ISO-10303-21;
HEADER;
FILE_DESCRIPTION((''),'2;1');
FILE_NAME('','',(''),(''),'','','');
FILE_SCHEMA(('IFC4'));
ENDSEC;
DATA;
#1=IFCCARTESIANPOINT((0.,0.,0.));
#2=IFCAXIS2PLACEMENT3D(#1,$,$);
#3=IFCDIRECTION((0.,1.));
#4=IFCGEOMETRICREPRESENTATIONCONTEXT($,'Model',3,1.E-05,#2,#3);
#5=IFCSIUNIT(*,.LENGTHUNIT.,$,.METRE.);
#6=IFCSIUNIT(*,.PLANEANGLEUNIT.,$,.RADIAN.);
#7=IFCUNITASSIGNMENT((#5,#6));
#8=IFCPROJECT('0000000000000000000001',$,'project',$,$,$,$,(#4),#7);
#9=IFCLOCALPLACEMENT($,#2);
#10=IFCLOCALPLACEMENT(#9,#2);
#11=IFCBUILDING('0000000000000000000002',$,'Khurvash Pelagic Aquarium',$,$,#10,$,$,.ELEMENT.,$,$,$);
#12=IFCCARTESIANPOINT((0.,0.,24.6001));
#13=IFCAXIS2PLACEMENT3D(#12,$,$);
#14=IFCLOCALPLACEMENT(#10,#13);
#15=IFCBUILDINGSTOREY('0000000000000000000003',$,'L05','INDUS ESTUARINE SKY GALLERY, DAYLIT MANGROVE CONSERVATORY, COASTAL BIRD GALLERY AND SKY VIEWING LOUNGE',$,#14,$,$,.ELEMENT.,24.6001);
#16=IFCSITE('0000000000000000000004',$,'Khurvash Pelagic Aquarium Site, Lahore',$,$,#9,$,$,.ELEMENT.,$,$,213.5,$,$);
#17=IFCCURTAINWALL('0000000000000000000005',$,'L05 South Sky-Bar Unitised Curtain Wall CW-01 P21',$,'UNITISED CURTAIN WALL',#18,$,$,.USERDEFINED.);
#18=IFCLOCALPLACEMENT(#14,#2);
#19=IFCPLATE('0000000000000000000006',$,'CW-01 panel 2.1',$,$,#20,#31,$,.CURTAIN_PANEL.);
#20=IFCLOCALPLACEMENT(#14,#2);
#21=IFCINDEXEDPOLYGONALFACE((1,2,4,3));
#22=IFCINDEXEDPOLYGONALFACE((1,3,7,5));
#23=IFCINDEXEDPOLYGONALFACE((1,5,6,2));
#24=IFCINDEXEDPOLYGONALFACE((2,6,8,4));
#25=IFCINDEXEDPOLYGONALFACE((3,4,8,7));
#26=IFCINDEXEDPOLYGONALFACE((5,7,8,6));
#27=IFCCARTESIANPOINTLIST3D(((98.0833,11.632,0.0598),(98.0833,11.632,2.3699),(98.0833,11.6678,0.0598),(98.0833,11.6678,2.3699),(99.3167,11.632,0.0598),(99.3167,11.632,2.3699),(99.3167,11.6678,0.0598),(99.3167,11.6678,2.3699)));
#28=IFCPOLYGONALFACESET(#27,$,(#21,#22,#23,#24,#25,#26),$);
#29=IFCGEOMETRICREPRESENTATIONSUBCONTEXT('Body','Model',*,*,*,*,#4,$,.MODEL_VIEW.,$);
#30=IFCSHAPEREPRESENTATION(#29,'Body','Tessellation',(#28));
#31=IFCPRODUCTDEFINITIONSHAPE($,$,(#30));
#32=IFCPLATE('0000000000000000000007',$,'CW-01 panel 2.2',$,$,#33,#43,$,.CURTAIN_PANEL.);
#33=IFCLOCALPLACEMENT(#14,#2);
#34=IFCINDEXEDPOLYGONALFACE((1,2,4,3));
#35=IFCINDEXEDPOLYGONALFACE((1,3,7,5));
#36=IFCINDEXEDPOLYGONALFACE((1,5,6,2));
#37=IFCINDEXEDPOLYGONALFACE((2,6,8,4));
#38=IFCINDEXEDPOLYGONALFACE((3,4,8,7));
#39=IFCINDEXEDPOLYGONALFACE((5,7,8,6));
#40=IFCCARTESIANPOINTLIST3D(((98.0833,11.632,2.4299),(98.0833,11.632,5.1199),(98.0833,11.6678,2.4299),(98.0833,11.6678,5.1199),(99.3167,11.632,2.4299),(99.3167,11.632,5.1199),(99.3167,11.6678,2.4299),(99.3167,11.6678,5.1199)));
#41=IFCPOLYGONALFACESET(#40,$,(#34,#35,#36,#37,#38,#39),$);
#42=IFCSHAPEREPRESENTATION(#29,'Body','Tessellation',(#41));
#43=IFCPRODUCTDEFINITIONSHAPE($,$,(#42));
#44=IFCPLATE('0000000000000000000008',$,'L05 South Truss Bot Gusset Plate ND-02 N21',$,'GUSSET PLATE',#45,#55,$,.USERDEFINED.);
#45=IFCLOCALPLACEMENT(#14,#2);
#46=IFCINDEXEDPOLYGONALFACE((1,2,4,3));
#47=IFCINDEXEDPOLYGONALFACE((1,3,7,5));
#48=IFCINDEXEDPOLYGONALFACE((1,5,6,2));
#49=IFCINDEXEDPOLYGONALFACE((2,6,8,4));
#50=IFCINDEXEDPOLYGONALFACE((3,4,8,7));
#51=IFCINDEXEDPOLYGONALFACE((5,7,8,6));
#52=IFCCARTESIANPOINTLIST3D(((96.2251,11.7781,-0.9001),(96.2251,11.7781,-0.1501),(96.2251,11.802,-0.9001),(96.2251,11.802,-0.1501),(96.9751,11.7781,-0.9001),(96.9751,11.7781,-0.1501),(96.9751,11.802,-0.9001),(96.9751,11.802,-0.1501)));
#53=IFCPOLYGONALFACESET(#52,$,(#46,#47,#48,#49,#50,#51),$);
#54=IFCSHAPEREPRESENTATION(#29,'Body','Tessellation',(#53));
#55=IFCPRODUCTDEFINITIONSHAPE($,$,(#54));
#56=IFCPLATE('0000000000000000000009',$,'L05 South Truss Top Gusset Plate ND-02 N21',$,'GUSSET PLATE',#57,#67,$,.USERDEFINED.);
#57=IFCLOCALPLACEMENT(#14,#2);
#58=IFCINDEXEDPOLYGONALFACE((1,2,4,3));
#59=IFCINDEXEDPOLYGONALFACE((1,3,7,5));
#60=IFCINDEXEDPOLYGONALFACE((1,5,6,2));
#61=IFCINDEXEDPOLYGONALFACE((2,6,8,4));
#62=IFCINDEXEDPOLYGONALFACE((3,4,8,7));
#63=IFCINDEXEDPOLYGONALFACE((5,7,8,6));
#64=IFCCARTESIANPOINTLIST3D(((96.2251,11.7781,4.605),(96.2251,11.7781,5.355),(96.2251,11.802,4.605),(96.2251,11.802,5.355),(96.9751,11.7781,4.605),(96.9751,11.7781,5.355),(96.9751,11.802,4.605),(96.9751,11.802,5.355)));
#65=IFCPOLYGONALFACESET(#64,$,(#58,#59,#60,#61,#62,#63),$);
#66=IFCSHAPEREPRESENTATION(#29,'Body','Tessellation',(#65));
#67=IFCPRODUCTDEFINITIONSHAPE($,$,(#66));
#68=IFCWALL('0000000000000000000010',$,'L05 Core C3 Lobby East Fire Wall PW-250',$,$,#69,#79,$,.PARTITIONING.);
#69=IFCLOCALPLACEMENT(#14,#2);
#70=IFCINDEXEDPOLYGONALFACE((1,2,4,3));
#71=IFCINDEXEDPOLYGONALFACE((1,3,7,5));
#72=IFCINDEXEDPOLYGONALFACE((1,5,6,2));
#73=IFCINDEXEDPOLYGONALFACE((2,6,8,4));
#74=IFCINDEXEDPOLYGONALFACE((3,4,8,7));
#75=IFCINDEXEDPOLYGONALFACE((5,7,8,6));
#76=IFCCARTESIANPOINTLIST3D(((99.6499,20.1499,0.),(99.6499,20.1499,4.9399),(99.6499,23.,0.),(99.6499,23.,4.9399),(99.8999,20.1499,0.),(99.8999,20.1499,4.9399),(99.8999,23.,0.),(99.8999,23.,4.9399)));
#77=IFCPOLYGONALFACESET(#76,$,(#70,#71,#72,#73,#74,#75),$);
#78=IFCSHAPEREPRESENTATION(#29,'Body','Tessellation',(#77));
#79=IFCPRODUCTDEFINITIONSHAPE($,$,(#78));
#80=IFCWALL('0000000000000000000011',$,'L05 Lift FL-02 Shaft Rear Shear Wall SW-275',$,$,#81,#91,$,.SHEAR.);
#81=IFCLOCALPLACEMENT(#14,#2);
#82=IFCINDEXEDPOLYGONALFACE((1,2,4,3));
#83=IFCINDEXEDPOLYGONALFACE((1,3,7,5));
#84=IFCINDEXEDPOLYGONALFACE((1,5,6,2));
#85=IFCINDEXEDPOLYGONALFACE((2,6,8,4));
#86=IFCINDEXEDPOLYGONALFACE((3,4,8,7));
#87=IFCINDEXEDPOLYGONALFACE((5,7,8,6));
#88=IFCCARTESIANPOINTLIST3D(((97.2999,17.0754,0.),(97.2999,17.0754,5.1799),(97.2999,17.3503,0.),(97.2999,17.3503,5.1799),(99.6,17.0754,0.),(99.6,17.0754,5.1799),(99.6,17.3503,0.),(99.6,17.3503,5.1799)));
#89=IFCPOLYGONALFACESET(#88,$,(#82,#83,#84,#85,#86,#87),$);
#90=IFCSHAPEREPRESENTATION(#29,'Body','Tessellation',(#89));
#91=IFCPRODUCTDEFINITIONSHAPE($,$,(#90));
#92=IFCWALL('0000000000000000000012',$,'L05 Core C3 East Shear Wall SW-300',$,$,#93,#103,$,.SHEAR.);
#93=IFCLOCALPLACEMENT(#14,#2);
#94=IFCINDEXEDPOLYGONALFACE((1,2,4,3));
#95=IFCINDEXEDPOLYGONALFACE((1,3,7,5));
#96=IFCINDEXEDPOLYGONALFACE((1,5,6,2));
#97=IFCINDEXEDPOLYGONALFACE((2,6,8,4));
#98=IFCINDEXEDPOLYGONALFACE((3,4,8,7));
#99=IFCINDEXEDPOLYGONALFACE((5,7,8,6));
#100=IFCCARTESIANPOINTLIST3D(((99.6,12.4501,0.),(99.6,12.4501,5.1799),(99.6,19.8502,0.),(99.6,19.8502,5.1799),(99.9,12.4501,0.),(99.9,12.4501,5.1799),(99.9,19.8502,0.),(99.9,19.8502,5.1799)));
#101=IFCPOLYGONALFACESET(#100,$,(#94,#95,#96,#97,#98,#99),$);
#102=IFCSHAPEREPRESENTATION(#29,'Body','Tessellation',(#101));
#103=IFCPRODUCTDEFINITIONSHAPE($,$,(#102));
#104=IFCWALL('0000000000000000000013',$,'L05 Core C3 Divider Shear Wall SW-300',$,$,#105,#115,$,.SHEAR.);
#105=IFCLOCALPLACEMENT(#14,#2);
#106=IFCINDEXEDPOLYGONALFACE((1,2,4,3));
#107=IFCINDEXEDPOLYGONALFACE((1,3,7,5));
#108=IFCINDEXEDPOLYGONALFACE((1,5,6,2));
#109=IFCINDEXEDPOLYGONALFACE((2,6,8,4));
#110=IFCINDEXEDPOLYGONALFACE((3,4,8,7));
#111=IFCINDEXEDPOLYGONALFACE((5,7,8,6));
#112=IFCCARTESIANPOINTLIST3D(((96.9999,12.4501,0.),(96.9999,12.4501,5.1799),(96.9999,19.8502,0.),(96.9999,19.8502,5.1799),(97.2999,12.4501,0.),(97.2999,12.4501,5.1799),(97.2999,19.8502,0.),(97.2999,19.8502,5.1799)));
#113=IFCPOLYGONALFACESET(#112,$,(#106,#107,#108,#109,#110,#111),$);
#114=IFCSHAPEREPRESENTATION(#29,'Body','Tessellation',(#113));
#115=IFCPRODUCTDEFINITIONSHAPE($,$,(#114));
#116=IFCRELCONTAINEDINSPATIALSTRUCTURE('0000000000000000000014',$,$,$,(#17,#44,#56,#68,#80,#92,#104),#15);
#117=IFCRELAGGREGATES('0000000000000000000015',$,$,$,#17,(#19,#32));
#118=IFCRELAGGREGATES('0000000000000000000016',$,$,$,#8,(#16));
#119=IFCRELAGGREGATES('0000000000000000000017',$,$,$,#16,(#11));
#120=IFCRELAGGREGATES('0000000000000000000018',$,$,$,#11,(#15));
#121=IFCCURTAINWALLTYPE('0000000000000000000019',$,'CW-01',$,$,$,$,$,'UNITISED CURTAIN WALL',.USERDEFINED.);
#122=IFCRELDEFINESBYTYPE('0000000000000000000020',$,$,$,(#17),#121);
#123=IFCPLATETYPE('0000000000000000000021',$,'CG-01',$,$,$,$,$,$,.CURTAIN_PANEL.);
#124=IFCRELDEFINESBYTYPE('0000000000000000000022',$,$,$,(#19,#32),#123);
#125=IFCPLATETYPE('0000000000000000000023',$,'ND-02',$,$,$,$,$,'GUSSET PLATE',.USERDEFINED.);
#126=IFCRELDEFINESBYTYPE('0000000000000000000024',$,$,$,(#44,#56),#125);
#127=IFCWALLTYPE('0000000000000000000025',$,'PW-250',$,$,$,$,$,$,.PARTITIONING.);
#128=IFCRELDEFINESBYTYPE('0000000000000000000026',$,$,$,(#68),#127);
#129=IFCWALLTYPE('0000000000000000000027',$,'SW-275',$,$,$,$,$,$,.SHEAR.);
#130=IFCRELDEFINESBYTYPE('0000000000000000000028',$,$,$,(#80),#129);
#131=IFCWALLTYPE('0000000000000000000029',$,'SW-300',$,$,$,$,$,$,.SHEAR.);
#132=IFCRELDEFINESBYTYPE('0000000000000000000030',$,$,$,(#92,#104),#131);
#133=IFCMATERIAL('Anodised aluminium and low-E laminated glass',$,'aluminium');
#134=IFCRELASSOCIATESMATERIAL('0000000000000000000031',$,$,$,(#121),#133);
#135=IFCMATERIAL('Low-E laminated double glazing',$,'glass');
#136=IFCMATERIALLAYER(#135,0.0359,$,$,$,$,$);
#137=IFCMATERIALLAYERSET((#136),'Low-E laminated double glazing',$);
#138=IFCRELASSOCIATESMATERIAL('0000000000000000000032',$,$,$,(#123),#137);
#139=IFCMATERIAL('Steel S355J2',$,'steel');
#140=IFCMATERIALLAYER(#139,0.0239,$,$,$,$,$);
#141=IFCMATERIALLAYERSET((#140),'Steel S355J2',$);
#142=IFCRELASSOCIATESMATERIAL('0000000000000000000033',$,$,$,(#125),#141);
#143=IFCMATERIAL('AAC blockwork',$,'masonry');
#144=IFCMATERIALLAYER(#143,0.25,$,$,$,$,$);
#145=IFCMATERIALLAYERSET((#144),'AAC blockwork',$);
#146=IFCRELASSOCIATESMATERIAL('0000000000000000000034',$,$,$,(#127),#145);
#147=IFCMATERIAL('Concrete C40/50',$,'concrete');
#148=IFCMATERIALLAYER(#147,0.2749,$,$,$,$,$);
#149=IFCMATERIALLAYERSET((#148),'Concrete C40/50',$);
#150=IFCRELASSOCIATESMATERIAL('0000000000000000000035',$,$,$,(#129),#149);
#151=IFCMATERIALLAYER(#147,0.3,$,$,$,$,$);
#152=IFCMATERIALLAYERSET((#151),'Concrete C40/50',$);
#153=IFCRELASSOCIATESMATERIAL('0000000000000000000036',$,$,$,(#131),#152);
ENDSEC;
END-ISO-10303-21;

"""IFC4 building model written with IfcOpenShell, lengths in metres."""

from ifc_helpers import new_model, si_unit, direction, frame, frame_2d, origin, origin_2d, place, context, subcontext, project, spatial, rectangle, extrude, material, layer, layer_set, type_object, element, aggregate, save


model = new_model("IFC4")

# Units and contexts
model_context = context("Model", 3, precision=1e-05, world=origin(), true_north=direction((0.0, 1.0)))
body_context = subcontext(model_context, "Body", "Model", "MODEL_VIEW")
ifc_project = project(units=[si_unit("LENGTHUNIT", "METRE"), si_unit("PLANEANGLEUNIT", "RADIAN")], contexts=[model_context])

# Site, building, storey
site_placement = place(None, origin())
site = spatial("IfcSite", under=ifc_project, at=site_placement, Name="Khurvash Pelagic Aquarium Site, Lahore", CompositionType="ELEMENT", RefElevation=213.5)
building_placement = place(site_placement, origin())
building = spatial("IfcBuilding", under=site, at=building_placement, Name="Khurvash Pelagic Aquarium", CompositionType="ELEMENT")
storey_placement = place(building_placement, frame((0.0, 0.0, 24.6001)))
storey = spatial("IfcBuildingStorey", under=building, at=storey_placement, Name="L05", Description="INDUS ESTUARINE SKY GALLERY, DAYLIT MANGROVE CONSERVATORY, COASTAL BIRD GALLERY AND SKY VIEWING LOUNGE", CompositionType="ELEMENT", Elevation=24.6001)

# Curtain wall
ifc_material_1 = material(Name="Anodised aluminium and low-E laminated glass", Category="aluminium")
curtain_wall_type = type_object("IfcCurtainWallType", Name="CW-01", ElementType="UNITISED CURTAIN WALL", PredefinedType="USERDEFINED", material=ifc_material_1)
curtain_wall_placement = place(storey_placement, origin())
curtain_wall = element("IfcCurtainWall", 1, at=curtain_wall_placement, inside=storey, type_object=curtain_wall_type, Name="L05 South Sky-Bar Unitised Curtain Wall CW-01 P21", ObjectType="UNITISED CURTAIN WALL", PredefinedType="USERDEFINED")

# Shared definitions
ifc_material_2 = material(Name="Steel S355J2", Category="steel")

# Plates
ifc_material_3 = material(Name="Low-E laminated double glazing", Category="glass")
ifc_layer_1 = layer(ifc_material_3, 0.0359)
ifc_layer_set_1 = layer_set([ifc_layer_1], Name="Low-E laminated double glazing")
plate_type_1 = type_object("IfcPlateType", Name="CG-01", PredefinedType="CURTAIN_PANEL", material=ifc_layer_set_1)
plate_1_placement = place(storey_placement, frame((98.7, 11.6499, 0.0598), z_axis=(0.0, 0.0, 1.0), x_axis=(1.0, 0.0, 0.0)))
plate_1 = element("IfcPlate", 2, at=plate_1_placement, type_object=plate_type_1, Name="CW-01 panel 2.1", PredefinedType="CURTAIN_PANEL", context=body_context, shape_type="SweptSolid", body=[
    extrude(rectangle(XDim=1.2334, YDim=0.0359, at=origin_2d()), origin(), (0.0, 0.0, 1.0), 2.3101),
])
plate_2_placement = place(storey_placement, frame((98.7, 11.6499, 2.4299), z_axis=(0.0, 0.0, 1.0), x_axis=(1.0, 0.0, 0.0)))
plate_2 = element("IfcPlate", 3, at=plate_2_placement, type_object=plate_type_1, Name="CW-01 panel 2.2", PredefinedType="CURTAIN_PANEL", context=body_context, shape_type="SweptSolid", body=[
    extrude(rectangle(XDim=1.2334, YDim=0.0359, at=origin_2d()), origin(), (0.0, 0.0, 1.0), 2.6899),
])
aggregate(curtain_wall, [plate_1, plate_2])

# Plates
ifc_layer_2 = layer(ifc_material_2, 0.0239)
ifc_layer_set_2 = layer_set([ifc_layer_2], Name="Steel S355J2")
plate_type_2 = type_object("IfcPlateType", Name="ND-02", ElementType="GUSSET PLATE", PredefinedType="USERDEFINED", material=ifc_layer_set_2)
for number, where, z_axis, x_axis, name in (
    (4, (96.6001, 11.79, -0.9001), (0.0, 0.0, 1.0), (1.0, 0.0, 0.0), "L05 South Truss Bot Gusset Plate ND-02 N21"),
    (5, (96.6001, 11.79, 4.605), (0.0, 0.0, 1.0), (1.0, 0.0, 0.0), "L05 South Truss Top Gusset Plate ND-02 N21"),
):
    element("IfcPlate", number, at=place(storey_placement, frame(where, z_axis=z_axis, x_axis=x_axis)), inside=storey, type_object=plate_type_2, Name=name, ObjectType="GUSSET PLATE", PredefinedType="USERDEFINED", context=body_context, shape_type="SweptSolid", body=[
        extrude(rectangle(XDim=0.75, YDim=0.0239, at=origin_2d()), origin(), (0.0, 0.0, 1.0), 0.75),
    ])

# Walls
ifc_material_4 = material(Name="AAC blockwork", Category="masonry")
ifc_layer_3 = layer(ifc_material_4, 0.25)
ifc_layer_set_3 = layer_set([ifc_layer_3], Name="AAC blockwork")
wall_type_1 = type_object("IfcWallType", Name="PW-250", PredefinedType="PARTITIONING", material=ifc_layer_set_3)
wall_1_placement = place(storey_placement, frame((99.7749, 20.1499, 0.0), z_axis=(0.0, 0.0, 1.0), x_axis=(0.0, 1.0, 0.0)))
element("IfcWall", 6, at=wall_1_placement, inside=storey, type_object=wall_type_1, Name="L05 Core C3 Lobby East Fire Wall PW-250", PredefinedType="PARTITIONING", context=body_context, shape_type="SweptSolid", body=[
    extrude(rectangle(XDim=2.8501, YDim=0.25, at=frame_2d((1.425, 0.0))), origin(), (0.0, 0.0, 1.0), 4.9399),
])
ifc_material_5 = material(Name="Concrete C40/50", Category="concrete")
ifc_layer_4 = layer(ifc_material_5, 0.2749)
ifc_layer_set_4 = layer_set([ifc_layer_4], Name="Concrete C40/50")
wall_type_2 = type_object("IfcWallType", Name="SW-275", PredefinedType="SHEAR", material=ifc_layer_set_4)
wall_2_placement = place(storey_placement, frame((97.3, 17.2129, 0.0), z_axis=(0.0, 0.0, 1.0), x_axis=(1.0, 0.0, 0.0)))
element("IfcWall", 7, at=wall_2_placement, inside=storey, type_object=wall_type_2, Name="L05 Lift FL-02 Shaft Rear Shear Wall SW-275", PredefinedType="SHEAR", context=body_context, shape_type="SweptSolid", body=[
    extrude(rectangle(XDim=2.3, YDim=0.2749, at=frame_2d((1.1499, 0.0))), origin(), (0.0, 0.0, 1.0), 5.1799),
])
ifc_layer_5 = layer(ifc_material_5, 0.3)
ifc_layer_set_5 = layer_set([ifc_layer_5], Name="Concrete C40/50")
wall_type_3 = type_object("IfcWallType", Name="SW-300", PredefinedType="SHEAR", material=ifc_layer_set_5)
for number, where, z_axis, x_axis, name in (
    (8, (99.75, 12.45, 0.0), (0.0, 0.0, 1.0), (0.0, 1.0, 0.0), "L05 Core C3 East Shear Wall SW-300"),
    (9, (97.1499, 12.45, 0.0), (0.0, 0.0, 1.0), (0.0, 1.0, 0.0), "L05 Core C3 Divider Shear Wall SW-300"),
):
    element("IfcWall", number, at=place(storey_placement, frame(where, z_axis=z_axis, x_axis=x_axis)), inside=storey, type_object=wall_type_3, Name=name, PredefinedType="SHEAR", context=body_context, shape_type="SweptSolid", body=[
        extrude(rectangle(XDim=7.4001, YDim=0.3, at=frame_2d((3.7002, 0.0))), origin(), (0.0, 0.0, 1.0), 5.1799),
    ])

save(model, "model.ifc")
